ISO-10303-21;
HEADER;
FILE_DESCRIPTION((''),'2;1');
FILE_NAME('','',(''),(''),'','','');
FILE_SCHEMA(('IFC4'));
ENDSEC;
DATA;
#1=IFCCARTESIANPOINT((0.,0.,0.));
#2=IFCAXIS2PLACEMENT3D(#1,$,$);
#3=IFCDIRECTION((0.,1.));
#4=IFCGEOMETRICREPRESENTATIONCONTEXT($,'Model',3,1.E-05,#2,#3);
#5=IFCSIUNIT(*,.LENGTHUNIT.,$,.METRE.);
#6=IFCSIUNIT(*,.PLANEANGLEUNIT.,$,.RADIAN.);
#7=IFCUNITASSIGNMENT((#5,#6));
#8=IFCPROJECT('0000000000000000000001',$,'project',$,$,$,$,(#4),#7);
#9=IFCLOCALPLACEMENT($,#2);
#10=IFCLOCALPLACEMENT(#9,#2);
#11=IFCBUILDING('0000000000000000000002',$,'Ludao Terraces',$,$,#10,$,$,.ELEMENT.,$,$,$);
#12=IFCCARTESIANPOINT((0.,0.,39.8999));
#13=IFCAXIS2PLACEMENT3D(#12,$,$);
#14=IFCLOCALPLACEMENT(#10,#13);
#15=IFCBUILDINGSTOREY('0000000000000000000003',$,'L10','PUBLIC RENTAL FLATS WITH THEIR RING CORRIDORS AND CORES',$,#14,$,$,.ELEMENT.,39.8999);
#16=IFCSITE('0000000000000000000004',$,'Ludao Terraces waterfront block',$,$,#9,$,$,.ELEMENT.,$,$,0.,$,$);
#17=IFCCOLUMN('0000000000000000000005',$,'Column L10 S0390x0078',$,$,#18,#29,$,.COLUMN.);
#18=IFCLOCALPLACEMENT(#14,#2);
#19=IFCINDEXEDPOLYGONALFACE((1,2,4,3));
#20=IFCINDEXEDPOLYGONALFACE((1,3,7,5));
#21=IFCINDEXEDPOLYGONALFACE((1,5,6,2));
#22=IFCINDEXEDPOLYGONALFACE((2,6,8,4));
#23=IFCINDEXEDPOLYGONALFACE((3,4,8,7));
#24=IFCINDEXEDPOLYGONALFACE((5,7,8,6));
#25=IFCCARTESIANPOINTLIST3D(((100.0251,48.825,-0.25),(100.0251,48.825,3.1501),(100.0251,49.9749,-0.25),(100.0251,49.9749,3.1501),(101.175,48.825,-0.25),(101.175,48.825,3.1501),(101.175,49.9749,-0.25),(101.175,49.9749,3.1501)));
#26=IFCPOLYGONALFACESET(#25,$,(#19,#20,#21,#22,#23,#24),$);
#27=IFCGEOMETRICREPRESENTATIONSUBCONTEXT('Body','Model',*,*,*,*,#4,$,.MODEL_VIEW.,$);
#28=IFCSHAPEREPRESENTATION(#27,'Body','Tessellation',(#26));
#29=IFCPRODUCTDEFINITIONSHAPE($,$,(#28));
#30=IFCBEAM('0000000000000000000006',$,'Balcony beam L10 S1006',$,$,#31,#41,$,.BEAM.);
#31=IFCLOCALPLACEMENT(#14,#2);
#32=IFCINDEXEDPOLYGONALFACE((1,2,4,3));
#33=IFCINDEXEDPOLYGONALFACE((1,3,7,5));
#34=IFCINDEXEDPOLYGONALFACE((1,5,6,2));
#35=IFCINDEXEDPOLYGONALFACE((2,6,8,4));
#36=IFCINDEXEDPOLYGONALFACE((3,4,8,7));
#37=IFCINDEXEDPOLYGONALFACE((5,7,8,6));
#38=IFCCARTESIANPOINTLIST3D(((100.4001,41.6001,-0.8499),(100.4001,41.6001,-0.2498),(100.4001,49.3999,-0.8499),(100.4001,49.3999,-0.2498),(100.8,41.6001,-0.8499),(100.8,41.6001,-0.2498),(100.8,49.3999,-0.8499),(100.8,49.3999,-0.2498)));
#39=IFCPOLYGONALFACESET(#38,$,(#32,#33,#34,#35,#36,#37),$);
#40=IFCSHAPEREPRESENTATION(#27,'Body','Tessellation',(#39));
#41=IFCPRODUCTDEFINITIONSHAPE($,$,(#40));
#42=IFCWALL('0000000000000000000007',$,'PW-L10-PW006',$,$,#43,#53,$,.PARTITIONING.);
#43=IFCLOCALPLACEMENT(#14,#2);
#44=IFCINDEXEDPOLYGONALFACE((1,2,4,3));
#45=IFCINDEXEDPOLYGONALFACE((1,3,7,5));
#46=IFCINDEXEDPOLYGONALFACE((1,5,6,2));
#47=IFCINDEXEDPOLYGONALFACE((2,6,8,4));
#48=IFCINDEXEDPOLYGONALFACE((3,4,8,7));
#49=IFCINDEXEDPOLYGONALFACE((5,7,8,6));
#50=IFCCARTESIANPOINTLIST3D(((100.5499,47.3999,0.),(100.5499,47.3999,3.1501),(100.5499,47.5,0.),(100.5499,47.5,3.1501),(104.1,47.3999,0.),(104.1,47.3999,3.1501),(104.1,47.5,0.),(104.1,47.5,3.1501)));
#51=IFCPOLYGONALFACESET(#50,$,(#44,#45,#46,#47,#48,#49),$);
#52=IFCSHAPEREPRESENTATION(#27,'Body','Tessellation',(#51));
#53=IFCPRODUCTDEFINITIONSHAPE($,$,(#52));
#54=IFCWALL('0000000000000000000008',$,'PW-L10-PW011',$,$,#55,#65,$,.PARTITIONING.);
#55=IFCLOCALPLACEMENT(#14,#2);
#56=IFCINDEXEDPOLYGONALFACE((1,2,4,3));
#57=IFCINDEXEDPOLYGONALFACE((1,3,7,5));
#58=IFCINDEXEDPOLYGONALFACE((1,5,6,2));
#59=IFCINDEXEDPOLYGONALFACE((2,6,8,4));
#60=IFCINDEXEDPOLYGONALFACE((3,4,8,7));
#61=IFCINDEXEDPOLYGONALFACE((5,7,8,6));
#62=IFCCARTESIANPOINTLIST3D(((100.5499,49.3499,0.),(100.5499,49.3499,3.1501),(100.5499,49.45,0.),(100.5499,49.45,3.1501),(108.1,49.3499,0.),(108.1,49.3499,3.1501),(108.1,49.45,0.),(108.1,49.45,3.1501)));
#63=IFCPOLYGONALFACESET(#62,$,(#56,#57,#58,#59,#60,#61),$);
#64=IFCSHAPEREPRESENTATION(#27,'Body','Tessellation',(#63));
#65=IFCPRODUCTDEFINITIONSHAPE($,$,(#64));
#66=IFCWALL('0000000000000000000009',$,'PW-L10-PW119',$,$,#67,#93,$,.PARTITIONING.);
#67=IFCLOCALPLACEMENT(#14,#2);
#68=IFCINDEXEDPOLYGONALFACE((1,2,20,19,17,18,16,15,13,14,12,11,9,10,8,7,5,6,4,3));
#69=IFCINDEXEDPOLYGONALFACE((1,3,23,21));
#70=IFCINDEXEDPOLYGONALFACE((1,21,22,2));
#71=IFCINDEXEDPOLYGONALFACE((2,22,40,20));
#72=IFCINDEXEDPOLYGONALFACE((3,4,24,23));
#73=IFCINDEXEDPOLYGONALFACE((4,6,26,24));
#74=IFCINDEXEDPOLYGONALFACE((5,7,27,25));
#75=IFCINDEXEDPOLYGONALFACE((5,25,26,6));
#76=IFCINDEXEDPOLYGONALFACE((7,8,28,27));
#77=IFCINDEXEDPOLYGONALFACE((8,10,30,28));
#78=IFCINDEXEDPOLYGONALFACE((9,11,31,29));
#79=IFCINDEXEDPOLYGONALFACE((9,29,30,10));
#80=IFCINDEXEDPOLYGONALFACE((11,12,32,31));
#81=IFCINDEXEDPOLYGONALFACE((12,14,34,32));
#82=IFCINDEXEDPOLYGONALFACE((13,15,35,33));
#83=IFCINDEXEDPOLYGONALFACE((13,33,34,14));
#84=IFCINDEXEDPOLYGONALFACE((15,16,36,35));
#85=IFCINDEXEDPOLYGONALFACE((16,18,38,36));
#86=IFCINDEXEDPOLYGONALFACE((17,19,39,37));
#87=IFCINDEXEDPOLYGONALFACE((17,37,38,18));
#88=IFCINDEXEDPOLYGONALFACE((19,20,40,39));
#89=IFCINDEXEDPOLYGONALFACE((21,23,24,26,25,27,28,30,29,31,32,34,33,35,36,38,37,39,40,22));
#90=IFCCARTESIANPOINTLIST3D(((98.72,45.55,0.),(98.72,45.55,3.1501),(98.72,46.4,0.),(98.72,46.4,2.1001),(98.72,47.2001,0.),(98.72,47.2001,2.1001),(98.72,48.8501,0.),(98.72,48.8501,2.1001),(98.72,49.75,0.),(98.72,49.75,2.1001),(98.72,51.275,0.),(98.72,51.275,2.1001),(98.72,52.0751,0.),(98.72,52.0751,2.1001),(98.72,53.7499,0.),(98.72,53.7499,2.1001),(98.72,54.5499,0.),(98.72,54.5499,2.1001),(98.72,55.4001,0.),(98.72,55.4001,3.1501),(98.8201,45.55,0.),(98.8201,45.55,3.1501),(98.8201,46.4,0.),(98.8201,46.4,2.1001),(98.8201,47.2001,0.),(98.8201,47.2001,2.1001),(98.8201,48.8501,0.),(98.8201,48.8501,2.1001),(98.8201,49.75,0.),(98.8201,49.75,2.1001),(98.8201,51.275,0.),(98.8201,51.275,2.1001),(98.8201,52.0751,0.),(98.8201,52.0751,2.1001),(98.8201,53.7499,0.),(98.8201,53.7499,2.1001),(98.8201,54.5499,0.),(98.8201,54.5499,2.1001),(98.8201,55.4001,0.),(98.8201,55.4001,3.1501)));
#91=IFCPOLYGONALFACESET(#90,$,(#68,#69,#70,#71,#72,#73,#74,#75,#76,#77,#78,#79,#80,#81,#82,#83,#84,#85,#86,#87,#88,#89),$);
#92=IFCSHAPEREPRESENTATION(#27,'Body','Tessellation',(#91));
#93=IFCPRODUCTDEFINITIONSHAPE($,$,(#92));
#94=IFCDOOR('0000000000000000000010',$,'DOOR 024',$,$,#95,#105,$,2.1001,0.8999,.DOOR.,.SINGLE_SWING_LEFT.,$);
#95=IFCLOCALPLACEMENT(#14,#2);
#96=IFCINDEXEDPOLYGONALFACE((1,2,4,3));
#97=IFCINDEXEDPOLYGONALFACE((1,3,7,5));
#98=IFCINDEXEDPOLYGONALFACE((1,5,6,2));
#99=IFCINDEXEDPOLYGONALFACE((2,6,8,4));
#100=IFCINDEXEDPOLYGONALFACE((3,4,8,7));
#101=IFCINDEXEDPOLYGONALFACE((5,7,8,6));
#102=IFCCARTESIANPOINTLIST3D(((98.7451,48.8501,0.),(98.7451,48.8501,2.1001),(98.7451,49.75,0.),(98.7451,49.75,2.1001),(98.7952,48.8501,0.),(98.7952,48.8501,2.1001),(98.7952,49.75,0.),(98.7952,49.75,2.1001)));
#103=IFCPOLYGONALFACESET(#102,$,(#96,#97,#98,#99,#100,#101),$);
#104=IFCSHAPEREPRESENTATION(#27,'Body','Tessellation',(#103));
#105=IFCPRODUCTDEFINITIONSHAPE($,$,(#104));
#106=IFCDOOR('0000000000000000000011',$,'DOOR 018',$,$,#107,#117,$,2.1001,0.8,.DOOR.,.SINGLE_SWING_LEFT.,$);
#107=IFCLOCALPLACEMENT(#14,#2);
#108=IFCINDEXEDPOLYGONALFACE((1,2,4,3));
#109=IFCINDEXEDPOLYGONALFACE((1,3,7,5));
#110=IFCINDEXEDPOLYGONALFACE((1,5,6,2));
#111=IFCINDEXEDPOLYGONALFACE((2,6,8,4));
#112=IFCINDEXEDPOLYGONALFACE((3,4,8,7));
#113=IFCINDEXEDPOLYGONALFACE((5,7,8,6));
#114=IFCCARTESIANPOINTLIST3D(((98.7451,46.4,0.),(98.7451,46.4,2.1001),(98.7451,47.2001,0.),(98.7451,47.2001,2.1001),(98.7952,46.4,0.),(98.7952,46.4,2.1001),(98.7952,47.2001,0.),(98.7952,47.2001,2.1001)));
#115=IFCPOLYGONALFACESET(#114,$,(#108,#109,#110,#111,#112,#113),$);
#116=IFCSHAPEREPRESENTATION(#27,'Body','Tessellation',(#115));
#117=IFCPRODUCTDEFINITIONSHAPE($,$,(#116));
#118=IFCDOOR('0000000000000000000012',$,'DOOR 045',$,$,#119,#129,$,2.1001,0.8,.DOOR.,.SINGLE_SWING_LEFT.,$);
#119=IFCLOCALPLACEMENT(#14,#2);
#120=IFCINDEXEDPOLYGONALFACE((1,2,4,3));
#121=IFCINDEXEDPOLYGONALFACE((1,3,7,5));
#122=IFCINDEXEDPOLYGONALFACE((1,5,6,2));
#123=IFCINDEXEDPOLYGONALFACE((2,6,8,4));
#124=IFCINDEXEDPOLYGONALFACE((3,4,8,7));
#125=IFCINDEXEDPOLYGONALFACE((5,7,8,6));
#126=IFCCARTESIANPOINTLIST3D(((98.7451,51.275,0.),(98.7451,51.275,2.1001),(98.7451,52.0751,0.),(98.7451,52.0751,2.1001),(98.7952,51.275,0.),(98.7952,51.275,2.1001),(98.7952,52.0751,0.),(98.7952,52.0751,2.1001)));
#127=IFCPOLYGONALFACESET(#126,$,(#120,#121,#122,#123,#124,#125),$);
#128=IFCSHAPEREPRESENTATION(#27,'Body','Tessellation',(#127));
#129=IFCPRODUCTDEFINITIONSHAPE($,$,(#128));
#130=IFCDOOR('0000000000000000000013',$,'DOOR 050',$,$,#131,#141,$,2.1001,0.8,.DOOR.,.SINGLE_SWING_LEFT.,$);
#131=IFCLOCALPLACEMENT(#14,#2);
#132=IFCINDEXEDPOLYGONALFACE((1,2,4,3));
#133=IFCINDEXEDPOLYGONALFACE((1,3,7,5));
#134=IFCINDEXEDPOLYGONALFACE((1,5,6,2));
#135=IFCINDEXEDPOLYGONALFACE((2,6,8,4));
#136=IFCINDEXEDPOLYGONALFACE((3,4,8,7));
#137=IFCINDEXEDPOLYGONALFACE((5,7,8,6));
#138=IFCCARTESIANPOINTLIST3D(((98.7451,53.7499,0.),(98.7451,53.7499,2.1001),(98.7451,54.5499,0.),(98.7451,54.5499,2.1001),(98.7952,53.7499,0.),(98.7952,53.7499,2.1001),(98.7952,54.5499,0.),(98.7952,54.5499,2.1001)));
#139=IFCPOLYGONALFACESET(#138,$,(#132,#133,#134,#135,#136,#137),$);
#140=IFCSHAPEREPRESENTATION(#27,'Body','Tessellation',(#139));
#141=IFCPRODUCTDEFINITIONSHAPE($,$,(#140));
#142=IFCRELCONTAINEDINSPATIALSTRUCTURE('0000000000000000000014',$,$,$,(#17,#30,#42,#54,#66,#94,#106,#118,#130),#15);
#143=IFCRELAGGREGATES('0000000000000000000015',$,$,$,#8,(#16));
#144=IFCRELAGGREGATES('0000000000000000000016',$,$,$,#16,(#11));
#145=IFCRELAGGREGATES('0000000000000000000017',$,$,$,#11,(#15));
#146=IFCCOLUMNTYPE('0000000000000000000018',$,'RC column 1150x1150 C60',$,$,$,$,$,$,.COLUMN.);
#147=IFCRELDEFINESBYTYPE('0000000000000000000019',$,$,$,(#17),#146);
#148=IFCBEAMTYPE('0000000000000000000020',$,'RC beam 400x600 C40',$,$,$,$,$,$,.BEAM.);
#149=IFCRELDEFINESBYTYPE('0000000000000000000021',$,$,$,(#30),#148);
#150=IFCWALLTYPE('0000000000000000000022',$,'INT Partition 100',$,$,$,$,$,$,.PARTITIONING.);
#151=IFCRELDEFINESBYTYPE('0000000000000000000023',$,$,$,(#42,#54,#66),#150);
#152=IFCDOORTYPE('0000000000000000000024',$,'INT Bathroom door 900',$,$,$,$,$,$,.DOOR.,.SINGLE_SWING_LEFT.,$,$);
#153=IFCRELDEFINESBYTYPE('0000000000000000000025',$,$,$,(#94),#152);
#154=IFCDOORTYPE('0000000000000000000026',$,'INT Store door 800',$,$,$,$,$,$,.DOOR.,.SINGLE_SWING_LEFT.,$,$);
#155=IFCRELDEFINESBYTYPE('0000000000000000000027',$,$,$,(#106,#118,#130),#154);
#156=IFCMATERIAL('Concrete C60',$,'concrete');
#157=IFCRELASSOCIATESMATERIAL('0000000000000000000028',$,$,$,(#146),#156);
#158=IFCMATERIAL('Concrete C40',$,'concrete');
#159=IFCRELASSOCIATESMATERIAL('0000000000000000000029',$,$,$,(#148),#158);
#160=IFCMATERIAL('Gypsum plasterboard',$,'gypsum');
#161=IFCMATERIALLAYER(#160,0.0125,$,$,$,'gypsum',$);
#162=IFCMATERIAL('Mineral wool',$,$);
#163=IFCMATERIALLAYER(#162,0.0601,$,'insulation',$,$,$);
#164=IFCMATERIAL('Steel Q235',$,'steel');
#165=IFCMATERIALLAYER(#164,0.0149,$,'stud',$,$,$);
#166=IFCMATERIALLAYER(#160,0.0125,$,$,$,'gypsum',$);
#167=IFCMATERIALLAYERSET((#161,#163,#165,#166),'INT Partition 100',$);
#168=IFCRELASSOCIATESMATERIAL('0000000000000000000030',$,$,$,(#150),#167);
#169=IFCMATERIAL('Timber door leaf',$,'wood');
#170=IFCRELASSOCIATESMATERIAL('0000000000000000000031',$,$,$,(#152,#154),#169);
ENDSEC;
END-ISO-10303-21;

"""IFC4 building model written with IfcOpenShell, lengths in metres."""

from ifc_helpers import new_model, si_unit, direction, frame, frame_2d, origin, origin_2d, place, context, subcontext, project, spatial, rectangle, extrude, material, layer, layer_set, material_profile, profile_set, type_object, element, fill, save


model = new_model("IFC4")

# Units and contexts
model_context = context("Model", 3, precision=1e-05, world=origin(), true_north=direction((0.0, 1.0)))
body_context = subcontext(model_context, "Body", "Model", "MODEL_VIEW")
ifc_project = project(units=[si_unit("LENGTHUNIT", "METRE"), si_unit("PLANEANGLEUNIT", "RADIAN")], contexts=[model_context])

# Site, building, storey
site_placement = place(None, origin())
site = spatial("IfcSite", under=ifc_project, at=site_placement, Name="Ludao Terraces waterfront block", CompositionType="ELEMENT", RefElevation=0.0)
building_placement = place(site_placement, origin())
building = spatial("IfcBuilding", under=site, at=building_placement, Name="Ludao Terraces", CompositionType="ELEMENT")
storey_placement = place(building_placement, frame((0.0, 0.0, 39.8999)))
storey = spatial("IfcBuildingStorey", under=building, at=storey_placement, Name="L10", Description="PUBLIC RENTAL FLATS WITH THEIR RING CORRIDORS AND CORES", CompositionType="ELEMENT", Elevation=39.8999)

# Column
ifc_material_1 = material(Name="Concrete C60", Category="concrete")
ifc_material_profile_1 = material_profile(ifc_material_1, rectangle(XDim=1.1499, YDim=1.1499, at=origin_2d()), Name="1150 X 1150")
ifc_profile_set_1 = profile_set([ifc_material_profile_1], Name="Concrete C60")
column_type = type_object("IfcColumnType", Name="RC column 1150x1150 C60", PredefinedType="COLUMN", material=ifc_profile_set_1)
column_placement = place(storey_placement, frame((100.6001, 49.3999, -0.25), z_axis=(0.0, 0.0, 1.0), x_axis=(1.0, 0.0, 0.0)))
element("IfcColumn", 1, at=column_placement, inside=storey, type_object=column_type, Name="Column L10 S0390x0078", PredefinedType="COLUMN", context=body_context, shape_type="SweptSolid", body=[
    extrude(rectangle(XDim=1.1499, YDim=1.1499, at=origin_2d()), origin(), (0.0, 0.0, 1.0), 3.4001),
])

# Beam
ifc_material_2 = material(Name="Concrete C40", Category="concrete")
ifc_material_profile_2 = material_profile(ifc_material_2, rectangle(XDim=0.3999, YDim=0.6001, at=origin_2d()), Name="400 X 600")
ifc_profile_set_2 = profile_set([ifc_material_profile_2], Name="Concrete C40")
beam_type = type_object("IfcBeamType", Name="RC beam 400x600 C40", PredefinedType="BEAM", material=ifc_profile_set_2)
beam_placement = place(storey_placement, frame((100.6001, 49.3999, -0.5498), z_axis=(0.0, -1.0, 0.0), x_axis=(1.0, 0.0, 0.0)))
element("IfcBeam", 2, at=beam_placement, inside=storey, type_object=beam_type, Name="Balcony beam L10 S1006", PredefinedType="BEAM", context=body_context, shape_type="SweptSolid", body=[
    extrude(rectangle(XDim=0.3999, YDim=0.6001, at=origin_2d()), origin(), (0.0, 0.0, 1.0), 7.7998),
])

# Walls
ifc_material_3 = material(Name="Gypsum plasterboard", Category="gypsum")
ifc_layer_1 = layer(ifc_material_3, 0.0125, Category="gypsum")
ifc_material_4 = material(Name="Mineral wool")
ifc_layer_2 = layer(ifc_material_4, 0.0601, Name="insulation")
ifc_material_5 = material(Name="Steel Q235", Category="steel")
ifc_layer_3 = layer(ifc_material_5, 0.0149, Name="stud")
ifc_layer_4 = layer(ifc_material_3, 0.0125, Category="gypsum")
ifc_layer_set = layer_set([ifc_layer_1, ifc_layer_2, ifc_layer_3, ifc_layer_4], Name="INT Partition 100")
wall_type = type_object("IfcWallType", Name="INT Partition 100", PredefinedType="PARTITIONING", material=ifc_layer_set)
wall_1_placement = place(storey_placement, frame((100.55, 47.45, 0.0), z_axis=(0.0, 0.0, 1.0), x_axis=(1.0, 0.0, 0.0)))
element("IfcWall", 3, at=wall_1_placement, inside=storey, type_object=wall_type, Name="PW-L10-PW006", PredefinedType="PARTITIONING", context=body_context, shape_type="SweptSolid", body=[
    extrude(rectangle(XDim=3.55, YDim=0.1001, at=frame_2d((1.7749, 0.0))), origin(), (0.0, 0.0, 1.0), 3.1501),
])
wall_2_placement = place(storey_placement, frame((100.55, 49.3999, 0.0), z_axis=(0.0, 0.0, 1.0), x_axis=(1.0, 0.0, 0.0)))
element("IfcWall", 4, at=wall_2_placement, inside=storey, type_object=wall_type, Name="PW-L10-PW011", PredefinedType="PARTITIONING", context=body_context, shape_type="SweptSolid", body=[
    extrude(rectangle(XDim=7.55, YDim=0.1001, at=frame_2d((3.7749, 0.0))), origin(), (0.0, 0.0, 1.0), 3.1501),
])

# Wall, openings, doors
wall_3_placement = place(storey_placement, frame((98.77, 45.55, 0.0), z_axis=(0.0, 0.0, 1.0), x_axis=(0.0, 1.0, 0.0)))
wall_3 = element("IfcWall", 5, at=wall_3_placement, inside=storey, type_object=wall_type, Name="PW-L10-PW119", PredefinedType="PARTITIONING", context=body_context, shape_type="SweptSolid", body=[
    extrude(rectangle(XDim=9.8501, YDim=0.1001, at=frame_2d((4.925, 0.0))), origin(), (0.0, 0.0, 1.0), 3.1501),
])
opening_1_placement = place(wall_3_placement, frame((0.8501, 0.0, 0.0)))
opening_1 = element("IfcOpeningElement", 6, at=opening_1_placement, cuts=wall_3, PredefinedType="OPENING", context=body_context, shape_type="SweptSolid", body=[
    extrude(rectangle(XDim=0.8, YDim=2.1001, at=frame_2d((0.3999, 1.05))), frame((0.0, 0.0601, 0.0), z_axis=(0.0, -1.0, 0.0), x_axis=(1.0, 0.0, 0.0)), (0.0, 0.0, 1.0), 0.1201),
])
opening_2_placement = place(wall_3_placement, frame((3.3, 0.0, 0.0)))
opening_2 = element("IfcOpeningElement", 7, at=opening_2_placement, cuts=wall_3, PredefinedType="OPENING", context=body_context, shape_type="SweptSolid", body=[
    extrude(rectangle(XDim=0.8999, YDim=2.1001, at=frame_2d((0.45, 1.05))), frame((0.0, 0.0601, 0.0), z_axis=(0.0, -1.0, 0.0), x_axis=(1.0, 0.0, 0.0)), (0.0, 0.0, 1.0), 0.1201),
])
opening_3_placement = place(wall_3_placement, frame((5.7251, 0.0, 0.0)))
opening_3 = element("IfcOpeningElement", 8, at=opening_3_placement, cuts=wall_3, PredefinedType="OPENING", context=body_context, shape_type="SweptSolid", body=[
    extrude(rectangle(XDim=0.8, YDim=2.1001, at=frame_2d((0.3999, 1.05))), frame((0.0, 0.0601, 0.0), z_axis=(0.0, -1.0, 0.0), x_axis=(1.0, 0.0, 0.0)), (0.0, 0.0, 1.0), 0.1201),
])
opening_4_placement = place(wall_3_placement, frame((8.2, 0.0, 0.0)))
opening_4 = element("IfcOpeningElement", 9, at=opening_4_placement, cuts=wall_3, PredefinedType="OPENING", context=body_context, shape_type="SweptSolid", body=[
    extrude(rectangle(XDim=0.8, YDim=2.1001, at=frame_2d((0.3999, 1.05))), frame((0.0, 0.0601, 0.0), z_axis=(0.0, -1.0, 0.0), x_axis=(1.0, 0.0, 0.0)), (0.0, 0.0, 1.0), 0.1201),
])
ifc_material_6 = material(Name="Timber door leaf", Category="wood")
door_type_1 = type_object("IfcDoorType", Name="INT Bathroom door 900", OperationType="SINGLE_SWING_LEFT", PredefinedType="DOOR", material=ifc_material_6)
door_1_placement = place(opening_2_placement, origin())
door_1 = element("IfcDoor", 10, at=door_1_placement, inside=storey, type_object=door_type_1, Name="DOOR 024", OperationType="SINGLE_SWING_LEFT", OverallHeight=2.1001, OverallWidth=0.8999, PredefinedType="DOOR", context=body_context, shape_type="SweptSolid", body=[
    extrude(rectangle(XDim=0.8999, YDim=2.1001, at=frame_2d((0.45, 1.05))), frame((0.0, 0.0249, 0.0), z_axis=(0.0, -1.0, 0.0), x_axis=(1.0, 0.0, 0.0)), (0.0, 0.0, 1.0), 0.05),
])
fill(opening_2, door_1)
door_type_2 = type_object("IfcDoorType", Name="INT Store door 800", OperationType="SINGLE_SWING_LEFT", PredefinedType="DOOR", material=ifc_material_6)
door_2_placement = place(opening_1_placement, origin())
door_2 = element("IfcDoor", 11, at=door_2_placement, inside=storey, type_object=door_type_2, Name="DOOR 018", OperationType="SINGLE_SWING_LEFT", OverallHeight=2.1001, OverallWidth=0.8, PredefinedType="DOOR", context=body_context, shape_type="SweptSolid", body=[
    extrude(rectangle(XDim=0.8, YDim=2.1001, at=frame_2d((0.3999, 1.05))), frame((0.0, 0.0249, 0.0), z_axis=(0.0, -1.0, 0.0), x_axis=(1.0, 0.0, 0.0)), (0.0, 0.0, 1.0), 0.05),
])
fill(opening_1, door_2)
door_3_placement = place(opening_3_placement, origin())
door_3 = element("IfcDoor", 12, at=door_3_placement, inside=storey, type_object=door_type_2, Name="DOOR 045", OperationType="SINGLE_SWING_LEFT", OverallHeight=2.1001, OverallWidth=0.8, PredefinedType="DOOR", context=body_context, shape_type="SweptSolid", body=[
    extrude(rectangle(XDim=0.8, YDim=2.1001, at=frame_2d((0.3999, 1.05))), frame((0.0, 0.0249, 0.0), z_axis=(0.0, -1.0, 0.0), x_axis=(1.0, 0.0, 0.0)), (0.0, 0.0, 1.0), 0.05),
])
fill(opening_3, door_3)
door_4_placement = place(opening_4_placement, origin())
door_4 = element("IfcDoor", 13, at=door_4_placement, inside=storey, type_object=door_type_2, Name="DOOR 050", OperationType="SINGLE_SWING_LEFT", OverallHeight=2.1001, OverallWidth=0.8, PredefinedType="DOOR", context=body_context, shape_type="SweptSolid", body=[
    extrude(rectangle(XDim=0.8, YDim=2.1001, at=frame_2d((0.3999, 1.05))), frame((0.0, 0.0249, 0.0), z_axis=(0.0, -1.0, 0.0), x_axis=(1.0, 0.0, 0.0)), (0.0, 0.0, 1.0), 0.05),
])
fill(opening_4, door_4)

save(model, "model.ifc")
